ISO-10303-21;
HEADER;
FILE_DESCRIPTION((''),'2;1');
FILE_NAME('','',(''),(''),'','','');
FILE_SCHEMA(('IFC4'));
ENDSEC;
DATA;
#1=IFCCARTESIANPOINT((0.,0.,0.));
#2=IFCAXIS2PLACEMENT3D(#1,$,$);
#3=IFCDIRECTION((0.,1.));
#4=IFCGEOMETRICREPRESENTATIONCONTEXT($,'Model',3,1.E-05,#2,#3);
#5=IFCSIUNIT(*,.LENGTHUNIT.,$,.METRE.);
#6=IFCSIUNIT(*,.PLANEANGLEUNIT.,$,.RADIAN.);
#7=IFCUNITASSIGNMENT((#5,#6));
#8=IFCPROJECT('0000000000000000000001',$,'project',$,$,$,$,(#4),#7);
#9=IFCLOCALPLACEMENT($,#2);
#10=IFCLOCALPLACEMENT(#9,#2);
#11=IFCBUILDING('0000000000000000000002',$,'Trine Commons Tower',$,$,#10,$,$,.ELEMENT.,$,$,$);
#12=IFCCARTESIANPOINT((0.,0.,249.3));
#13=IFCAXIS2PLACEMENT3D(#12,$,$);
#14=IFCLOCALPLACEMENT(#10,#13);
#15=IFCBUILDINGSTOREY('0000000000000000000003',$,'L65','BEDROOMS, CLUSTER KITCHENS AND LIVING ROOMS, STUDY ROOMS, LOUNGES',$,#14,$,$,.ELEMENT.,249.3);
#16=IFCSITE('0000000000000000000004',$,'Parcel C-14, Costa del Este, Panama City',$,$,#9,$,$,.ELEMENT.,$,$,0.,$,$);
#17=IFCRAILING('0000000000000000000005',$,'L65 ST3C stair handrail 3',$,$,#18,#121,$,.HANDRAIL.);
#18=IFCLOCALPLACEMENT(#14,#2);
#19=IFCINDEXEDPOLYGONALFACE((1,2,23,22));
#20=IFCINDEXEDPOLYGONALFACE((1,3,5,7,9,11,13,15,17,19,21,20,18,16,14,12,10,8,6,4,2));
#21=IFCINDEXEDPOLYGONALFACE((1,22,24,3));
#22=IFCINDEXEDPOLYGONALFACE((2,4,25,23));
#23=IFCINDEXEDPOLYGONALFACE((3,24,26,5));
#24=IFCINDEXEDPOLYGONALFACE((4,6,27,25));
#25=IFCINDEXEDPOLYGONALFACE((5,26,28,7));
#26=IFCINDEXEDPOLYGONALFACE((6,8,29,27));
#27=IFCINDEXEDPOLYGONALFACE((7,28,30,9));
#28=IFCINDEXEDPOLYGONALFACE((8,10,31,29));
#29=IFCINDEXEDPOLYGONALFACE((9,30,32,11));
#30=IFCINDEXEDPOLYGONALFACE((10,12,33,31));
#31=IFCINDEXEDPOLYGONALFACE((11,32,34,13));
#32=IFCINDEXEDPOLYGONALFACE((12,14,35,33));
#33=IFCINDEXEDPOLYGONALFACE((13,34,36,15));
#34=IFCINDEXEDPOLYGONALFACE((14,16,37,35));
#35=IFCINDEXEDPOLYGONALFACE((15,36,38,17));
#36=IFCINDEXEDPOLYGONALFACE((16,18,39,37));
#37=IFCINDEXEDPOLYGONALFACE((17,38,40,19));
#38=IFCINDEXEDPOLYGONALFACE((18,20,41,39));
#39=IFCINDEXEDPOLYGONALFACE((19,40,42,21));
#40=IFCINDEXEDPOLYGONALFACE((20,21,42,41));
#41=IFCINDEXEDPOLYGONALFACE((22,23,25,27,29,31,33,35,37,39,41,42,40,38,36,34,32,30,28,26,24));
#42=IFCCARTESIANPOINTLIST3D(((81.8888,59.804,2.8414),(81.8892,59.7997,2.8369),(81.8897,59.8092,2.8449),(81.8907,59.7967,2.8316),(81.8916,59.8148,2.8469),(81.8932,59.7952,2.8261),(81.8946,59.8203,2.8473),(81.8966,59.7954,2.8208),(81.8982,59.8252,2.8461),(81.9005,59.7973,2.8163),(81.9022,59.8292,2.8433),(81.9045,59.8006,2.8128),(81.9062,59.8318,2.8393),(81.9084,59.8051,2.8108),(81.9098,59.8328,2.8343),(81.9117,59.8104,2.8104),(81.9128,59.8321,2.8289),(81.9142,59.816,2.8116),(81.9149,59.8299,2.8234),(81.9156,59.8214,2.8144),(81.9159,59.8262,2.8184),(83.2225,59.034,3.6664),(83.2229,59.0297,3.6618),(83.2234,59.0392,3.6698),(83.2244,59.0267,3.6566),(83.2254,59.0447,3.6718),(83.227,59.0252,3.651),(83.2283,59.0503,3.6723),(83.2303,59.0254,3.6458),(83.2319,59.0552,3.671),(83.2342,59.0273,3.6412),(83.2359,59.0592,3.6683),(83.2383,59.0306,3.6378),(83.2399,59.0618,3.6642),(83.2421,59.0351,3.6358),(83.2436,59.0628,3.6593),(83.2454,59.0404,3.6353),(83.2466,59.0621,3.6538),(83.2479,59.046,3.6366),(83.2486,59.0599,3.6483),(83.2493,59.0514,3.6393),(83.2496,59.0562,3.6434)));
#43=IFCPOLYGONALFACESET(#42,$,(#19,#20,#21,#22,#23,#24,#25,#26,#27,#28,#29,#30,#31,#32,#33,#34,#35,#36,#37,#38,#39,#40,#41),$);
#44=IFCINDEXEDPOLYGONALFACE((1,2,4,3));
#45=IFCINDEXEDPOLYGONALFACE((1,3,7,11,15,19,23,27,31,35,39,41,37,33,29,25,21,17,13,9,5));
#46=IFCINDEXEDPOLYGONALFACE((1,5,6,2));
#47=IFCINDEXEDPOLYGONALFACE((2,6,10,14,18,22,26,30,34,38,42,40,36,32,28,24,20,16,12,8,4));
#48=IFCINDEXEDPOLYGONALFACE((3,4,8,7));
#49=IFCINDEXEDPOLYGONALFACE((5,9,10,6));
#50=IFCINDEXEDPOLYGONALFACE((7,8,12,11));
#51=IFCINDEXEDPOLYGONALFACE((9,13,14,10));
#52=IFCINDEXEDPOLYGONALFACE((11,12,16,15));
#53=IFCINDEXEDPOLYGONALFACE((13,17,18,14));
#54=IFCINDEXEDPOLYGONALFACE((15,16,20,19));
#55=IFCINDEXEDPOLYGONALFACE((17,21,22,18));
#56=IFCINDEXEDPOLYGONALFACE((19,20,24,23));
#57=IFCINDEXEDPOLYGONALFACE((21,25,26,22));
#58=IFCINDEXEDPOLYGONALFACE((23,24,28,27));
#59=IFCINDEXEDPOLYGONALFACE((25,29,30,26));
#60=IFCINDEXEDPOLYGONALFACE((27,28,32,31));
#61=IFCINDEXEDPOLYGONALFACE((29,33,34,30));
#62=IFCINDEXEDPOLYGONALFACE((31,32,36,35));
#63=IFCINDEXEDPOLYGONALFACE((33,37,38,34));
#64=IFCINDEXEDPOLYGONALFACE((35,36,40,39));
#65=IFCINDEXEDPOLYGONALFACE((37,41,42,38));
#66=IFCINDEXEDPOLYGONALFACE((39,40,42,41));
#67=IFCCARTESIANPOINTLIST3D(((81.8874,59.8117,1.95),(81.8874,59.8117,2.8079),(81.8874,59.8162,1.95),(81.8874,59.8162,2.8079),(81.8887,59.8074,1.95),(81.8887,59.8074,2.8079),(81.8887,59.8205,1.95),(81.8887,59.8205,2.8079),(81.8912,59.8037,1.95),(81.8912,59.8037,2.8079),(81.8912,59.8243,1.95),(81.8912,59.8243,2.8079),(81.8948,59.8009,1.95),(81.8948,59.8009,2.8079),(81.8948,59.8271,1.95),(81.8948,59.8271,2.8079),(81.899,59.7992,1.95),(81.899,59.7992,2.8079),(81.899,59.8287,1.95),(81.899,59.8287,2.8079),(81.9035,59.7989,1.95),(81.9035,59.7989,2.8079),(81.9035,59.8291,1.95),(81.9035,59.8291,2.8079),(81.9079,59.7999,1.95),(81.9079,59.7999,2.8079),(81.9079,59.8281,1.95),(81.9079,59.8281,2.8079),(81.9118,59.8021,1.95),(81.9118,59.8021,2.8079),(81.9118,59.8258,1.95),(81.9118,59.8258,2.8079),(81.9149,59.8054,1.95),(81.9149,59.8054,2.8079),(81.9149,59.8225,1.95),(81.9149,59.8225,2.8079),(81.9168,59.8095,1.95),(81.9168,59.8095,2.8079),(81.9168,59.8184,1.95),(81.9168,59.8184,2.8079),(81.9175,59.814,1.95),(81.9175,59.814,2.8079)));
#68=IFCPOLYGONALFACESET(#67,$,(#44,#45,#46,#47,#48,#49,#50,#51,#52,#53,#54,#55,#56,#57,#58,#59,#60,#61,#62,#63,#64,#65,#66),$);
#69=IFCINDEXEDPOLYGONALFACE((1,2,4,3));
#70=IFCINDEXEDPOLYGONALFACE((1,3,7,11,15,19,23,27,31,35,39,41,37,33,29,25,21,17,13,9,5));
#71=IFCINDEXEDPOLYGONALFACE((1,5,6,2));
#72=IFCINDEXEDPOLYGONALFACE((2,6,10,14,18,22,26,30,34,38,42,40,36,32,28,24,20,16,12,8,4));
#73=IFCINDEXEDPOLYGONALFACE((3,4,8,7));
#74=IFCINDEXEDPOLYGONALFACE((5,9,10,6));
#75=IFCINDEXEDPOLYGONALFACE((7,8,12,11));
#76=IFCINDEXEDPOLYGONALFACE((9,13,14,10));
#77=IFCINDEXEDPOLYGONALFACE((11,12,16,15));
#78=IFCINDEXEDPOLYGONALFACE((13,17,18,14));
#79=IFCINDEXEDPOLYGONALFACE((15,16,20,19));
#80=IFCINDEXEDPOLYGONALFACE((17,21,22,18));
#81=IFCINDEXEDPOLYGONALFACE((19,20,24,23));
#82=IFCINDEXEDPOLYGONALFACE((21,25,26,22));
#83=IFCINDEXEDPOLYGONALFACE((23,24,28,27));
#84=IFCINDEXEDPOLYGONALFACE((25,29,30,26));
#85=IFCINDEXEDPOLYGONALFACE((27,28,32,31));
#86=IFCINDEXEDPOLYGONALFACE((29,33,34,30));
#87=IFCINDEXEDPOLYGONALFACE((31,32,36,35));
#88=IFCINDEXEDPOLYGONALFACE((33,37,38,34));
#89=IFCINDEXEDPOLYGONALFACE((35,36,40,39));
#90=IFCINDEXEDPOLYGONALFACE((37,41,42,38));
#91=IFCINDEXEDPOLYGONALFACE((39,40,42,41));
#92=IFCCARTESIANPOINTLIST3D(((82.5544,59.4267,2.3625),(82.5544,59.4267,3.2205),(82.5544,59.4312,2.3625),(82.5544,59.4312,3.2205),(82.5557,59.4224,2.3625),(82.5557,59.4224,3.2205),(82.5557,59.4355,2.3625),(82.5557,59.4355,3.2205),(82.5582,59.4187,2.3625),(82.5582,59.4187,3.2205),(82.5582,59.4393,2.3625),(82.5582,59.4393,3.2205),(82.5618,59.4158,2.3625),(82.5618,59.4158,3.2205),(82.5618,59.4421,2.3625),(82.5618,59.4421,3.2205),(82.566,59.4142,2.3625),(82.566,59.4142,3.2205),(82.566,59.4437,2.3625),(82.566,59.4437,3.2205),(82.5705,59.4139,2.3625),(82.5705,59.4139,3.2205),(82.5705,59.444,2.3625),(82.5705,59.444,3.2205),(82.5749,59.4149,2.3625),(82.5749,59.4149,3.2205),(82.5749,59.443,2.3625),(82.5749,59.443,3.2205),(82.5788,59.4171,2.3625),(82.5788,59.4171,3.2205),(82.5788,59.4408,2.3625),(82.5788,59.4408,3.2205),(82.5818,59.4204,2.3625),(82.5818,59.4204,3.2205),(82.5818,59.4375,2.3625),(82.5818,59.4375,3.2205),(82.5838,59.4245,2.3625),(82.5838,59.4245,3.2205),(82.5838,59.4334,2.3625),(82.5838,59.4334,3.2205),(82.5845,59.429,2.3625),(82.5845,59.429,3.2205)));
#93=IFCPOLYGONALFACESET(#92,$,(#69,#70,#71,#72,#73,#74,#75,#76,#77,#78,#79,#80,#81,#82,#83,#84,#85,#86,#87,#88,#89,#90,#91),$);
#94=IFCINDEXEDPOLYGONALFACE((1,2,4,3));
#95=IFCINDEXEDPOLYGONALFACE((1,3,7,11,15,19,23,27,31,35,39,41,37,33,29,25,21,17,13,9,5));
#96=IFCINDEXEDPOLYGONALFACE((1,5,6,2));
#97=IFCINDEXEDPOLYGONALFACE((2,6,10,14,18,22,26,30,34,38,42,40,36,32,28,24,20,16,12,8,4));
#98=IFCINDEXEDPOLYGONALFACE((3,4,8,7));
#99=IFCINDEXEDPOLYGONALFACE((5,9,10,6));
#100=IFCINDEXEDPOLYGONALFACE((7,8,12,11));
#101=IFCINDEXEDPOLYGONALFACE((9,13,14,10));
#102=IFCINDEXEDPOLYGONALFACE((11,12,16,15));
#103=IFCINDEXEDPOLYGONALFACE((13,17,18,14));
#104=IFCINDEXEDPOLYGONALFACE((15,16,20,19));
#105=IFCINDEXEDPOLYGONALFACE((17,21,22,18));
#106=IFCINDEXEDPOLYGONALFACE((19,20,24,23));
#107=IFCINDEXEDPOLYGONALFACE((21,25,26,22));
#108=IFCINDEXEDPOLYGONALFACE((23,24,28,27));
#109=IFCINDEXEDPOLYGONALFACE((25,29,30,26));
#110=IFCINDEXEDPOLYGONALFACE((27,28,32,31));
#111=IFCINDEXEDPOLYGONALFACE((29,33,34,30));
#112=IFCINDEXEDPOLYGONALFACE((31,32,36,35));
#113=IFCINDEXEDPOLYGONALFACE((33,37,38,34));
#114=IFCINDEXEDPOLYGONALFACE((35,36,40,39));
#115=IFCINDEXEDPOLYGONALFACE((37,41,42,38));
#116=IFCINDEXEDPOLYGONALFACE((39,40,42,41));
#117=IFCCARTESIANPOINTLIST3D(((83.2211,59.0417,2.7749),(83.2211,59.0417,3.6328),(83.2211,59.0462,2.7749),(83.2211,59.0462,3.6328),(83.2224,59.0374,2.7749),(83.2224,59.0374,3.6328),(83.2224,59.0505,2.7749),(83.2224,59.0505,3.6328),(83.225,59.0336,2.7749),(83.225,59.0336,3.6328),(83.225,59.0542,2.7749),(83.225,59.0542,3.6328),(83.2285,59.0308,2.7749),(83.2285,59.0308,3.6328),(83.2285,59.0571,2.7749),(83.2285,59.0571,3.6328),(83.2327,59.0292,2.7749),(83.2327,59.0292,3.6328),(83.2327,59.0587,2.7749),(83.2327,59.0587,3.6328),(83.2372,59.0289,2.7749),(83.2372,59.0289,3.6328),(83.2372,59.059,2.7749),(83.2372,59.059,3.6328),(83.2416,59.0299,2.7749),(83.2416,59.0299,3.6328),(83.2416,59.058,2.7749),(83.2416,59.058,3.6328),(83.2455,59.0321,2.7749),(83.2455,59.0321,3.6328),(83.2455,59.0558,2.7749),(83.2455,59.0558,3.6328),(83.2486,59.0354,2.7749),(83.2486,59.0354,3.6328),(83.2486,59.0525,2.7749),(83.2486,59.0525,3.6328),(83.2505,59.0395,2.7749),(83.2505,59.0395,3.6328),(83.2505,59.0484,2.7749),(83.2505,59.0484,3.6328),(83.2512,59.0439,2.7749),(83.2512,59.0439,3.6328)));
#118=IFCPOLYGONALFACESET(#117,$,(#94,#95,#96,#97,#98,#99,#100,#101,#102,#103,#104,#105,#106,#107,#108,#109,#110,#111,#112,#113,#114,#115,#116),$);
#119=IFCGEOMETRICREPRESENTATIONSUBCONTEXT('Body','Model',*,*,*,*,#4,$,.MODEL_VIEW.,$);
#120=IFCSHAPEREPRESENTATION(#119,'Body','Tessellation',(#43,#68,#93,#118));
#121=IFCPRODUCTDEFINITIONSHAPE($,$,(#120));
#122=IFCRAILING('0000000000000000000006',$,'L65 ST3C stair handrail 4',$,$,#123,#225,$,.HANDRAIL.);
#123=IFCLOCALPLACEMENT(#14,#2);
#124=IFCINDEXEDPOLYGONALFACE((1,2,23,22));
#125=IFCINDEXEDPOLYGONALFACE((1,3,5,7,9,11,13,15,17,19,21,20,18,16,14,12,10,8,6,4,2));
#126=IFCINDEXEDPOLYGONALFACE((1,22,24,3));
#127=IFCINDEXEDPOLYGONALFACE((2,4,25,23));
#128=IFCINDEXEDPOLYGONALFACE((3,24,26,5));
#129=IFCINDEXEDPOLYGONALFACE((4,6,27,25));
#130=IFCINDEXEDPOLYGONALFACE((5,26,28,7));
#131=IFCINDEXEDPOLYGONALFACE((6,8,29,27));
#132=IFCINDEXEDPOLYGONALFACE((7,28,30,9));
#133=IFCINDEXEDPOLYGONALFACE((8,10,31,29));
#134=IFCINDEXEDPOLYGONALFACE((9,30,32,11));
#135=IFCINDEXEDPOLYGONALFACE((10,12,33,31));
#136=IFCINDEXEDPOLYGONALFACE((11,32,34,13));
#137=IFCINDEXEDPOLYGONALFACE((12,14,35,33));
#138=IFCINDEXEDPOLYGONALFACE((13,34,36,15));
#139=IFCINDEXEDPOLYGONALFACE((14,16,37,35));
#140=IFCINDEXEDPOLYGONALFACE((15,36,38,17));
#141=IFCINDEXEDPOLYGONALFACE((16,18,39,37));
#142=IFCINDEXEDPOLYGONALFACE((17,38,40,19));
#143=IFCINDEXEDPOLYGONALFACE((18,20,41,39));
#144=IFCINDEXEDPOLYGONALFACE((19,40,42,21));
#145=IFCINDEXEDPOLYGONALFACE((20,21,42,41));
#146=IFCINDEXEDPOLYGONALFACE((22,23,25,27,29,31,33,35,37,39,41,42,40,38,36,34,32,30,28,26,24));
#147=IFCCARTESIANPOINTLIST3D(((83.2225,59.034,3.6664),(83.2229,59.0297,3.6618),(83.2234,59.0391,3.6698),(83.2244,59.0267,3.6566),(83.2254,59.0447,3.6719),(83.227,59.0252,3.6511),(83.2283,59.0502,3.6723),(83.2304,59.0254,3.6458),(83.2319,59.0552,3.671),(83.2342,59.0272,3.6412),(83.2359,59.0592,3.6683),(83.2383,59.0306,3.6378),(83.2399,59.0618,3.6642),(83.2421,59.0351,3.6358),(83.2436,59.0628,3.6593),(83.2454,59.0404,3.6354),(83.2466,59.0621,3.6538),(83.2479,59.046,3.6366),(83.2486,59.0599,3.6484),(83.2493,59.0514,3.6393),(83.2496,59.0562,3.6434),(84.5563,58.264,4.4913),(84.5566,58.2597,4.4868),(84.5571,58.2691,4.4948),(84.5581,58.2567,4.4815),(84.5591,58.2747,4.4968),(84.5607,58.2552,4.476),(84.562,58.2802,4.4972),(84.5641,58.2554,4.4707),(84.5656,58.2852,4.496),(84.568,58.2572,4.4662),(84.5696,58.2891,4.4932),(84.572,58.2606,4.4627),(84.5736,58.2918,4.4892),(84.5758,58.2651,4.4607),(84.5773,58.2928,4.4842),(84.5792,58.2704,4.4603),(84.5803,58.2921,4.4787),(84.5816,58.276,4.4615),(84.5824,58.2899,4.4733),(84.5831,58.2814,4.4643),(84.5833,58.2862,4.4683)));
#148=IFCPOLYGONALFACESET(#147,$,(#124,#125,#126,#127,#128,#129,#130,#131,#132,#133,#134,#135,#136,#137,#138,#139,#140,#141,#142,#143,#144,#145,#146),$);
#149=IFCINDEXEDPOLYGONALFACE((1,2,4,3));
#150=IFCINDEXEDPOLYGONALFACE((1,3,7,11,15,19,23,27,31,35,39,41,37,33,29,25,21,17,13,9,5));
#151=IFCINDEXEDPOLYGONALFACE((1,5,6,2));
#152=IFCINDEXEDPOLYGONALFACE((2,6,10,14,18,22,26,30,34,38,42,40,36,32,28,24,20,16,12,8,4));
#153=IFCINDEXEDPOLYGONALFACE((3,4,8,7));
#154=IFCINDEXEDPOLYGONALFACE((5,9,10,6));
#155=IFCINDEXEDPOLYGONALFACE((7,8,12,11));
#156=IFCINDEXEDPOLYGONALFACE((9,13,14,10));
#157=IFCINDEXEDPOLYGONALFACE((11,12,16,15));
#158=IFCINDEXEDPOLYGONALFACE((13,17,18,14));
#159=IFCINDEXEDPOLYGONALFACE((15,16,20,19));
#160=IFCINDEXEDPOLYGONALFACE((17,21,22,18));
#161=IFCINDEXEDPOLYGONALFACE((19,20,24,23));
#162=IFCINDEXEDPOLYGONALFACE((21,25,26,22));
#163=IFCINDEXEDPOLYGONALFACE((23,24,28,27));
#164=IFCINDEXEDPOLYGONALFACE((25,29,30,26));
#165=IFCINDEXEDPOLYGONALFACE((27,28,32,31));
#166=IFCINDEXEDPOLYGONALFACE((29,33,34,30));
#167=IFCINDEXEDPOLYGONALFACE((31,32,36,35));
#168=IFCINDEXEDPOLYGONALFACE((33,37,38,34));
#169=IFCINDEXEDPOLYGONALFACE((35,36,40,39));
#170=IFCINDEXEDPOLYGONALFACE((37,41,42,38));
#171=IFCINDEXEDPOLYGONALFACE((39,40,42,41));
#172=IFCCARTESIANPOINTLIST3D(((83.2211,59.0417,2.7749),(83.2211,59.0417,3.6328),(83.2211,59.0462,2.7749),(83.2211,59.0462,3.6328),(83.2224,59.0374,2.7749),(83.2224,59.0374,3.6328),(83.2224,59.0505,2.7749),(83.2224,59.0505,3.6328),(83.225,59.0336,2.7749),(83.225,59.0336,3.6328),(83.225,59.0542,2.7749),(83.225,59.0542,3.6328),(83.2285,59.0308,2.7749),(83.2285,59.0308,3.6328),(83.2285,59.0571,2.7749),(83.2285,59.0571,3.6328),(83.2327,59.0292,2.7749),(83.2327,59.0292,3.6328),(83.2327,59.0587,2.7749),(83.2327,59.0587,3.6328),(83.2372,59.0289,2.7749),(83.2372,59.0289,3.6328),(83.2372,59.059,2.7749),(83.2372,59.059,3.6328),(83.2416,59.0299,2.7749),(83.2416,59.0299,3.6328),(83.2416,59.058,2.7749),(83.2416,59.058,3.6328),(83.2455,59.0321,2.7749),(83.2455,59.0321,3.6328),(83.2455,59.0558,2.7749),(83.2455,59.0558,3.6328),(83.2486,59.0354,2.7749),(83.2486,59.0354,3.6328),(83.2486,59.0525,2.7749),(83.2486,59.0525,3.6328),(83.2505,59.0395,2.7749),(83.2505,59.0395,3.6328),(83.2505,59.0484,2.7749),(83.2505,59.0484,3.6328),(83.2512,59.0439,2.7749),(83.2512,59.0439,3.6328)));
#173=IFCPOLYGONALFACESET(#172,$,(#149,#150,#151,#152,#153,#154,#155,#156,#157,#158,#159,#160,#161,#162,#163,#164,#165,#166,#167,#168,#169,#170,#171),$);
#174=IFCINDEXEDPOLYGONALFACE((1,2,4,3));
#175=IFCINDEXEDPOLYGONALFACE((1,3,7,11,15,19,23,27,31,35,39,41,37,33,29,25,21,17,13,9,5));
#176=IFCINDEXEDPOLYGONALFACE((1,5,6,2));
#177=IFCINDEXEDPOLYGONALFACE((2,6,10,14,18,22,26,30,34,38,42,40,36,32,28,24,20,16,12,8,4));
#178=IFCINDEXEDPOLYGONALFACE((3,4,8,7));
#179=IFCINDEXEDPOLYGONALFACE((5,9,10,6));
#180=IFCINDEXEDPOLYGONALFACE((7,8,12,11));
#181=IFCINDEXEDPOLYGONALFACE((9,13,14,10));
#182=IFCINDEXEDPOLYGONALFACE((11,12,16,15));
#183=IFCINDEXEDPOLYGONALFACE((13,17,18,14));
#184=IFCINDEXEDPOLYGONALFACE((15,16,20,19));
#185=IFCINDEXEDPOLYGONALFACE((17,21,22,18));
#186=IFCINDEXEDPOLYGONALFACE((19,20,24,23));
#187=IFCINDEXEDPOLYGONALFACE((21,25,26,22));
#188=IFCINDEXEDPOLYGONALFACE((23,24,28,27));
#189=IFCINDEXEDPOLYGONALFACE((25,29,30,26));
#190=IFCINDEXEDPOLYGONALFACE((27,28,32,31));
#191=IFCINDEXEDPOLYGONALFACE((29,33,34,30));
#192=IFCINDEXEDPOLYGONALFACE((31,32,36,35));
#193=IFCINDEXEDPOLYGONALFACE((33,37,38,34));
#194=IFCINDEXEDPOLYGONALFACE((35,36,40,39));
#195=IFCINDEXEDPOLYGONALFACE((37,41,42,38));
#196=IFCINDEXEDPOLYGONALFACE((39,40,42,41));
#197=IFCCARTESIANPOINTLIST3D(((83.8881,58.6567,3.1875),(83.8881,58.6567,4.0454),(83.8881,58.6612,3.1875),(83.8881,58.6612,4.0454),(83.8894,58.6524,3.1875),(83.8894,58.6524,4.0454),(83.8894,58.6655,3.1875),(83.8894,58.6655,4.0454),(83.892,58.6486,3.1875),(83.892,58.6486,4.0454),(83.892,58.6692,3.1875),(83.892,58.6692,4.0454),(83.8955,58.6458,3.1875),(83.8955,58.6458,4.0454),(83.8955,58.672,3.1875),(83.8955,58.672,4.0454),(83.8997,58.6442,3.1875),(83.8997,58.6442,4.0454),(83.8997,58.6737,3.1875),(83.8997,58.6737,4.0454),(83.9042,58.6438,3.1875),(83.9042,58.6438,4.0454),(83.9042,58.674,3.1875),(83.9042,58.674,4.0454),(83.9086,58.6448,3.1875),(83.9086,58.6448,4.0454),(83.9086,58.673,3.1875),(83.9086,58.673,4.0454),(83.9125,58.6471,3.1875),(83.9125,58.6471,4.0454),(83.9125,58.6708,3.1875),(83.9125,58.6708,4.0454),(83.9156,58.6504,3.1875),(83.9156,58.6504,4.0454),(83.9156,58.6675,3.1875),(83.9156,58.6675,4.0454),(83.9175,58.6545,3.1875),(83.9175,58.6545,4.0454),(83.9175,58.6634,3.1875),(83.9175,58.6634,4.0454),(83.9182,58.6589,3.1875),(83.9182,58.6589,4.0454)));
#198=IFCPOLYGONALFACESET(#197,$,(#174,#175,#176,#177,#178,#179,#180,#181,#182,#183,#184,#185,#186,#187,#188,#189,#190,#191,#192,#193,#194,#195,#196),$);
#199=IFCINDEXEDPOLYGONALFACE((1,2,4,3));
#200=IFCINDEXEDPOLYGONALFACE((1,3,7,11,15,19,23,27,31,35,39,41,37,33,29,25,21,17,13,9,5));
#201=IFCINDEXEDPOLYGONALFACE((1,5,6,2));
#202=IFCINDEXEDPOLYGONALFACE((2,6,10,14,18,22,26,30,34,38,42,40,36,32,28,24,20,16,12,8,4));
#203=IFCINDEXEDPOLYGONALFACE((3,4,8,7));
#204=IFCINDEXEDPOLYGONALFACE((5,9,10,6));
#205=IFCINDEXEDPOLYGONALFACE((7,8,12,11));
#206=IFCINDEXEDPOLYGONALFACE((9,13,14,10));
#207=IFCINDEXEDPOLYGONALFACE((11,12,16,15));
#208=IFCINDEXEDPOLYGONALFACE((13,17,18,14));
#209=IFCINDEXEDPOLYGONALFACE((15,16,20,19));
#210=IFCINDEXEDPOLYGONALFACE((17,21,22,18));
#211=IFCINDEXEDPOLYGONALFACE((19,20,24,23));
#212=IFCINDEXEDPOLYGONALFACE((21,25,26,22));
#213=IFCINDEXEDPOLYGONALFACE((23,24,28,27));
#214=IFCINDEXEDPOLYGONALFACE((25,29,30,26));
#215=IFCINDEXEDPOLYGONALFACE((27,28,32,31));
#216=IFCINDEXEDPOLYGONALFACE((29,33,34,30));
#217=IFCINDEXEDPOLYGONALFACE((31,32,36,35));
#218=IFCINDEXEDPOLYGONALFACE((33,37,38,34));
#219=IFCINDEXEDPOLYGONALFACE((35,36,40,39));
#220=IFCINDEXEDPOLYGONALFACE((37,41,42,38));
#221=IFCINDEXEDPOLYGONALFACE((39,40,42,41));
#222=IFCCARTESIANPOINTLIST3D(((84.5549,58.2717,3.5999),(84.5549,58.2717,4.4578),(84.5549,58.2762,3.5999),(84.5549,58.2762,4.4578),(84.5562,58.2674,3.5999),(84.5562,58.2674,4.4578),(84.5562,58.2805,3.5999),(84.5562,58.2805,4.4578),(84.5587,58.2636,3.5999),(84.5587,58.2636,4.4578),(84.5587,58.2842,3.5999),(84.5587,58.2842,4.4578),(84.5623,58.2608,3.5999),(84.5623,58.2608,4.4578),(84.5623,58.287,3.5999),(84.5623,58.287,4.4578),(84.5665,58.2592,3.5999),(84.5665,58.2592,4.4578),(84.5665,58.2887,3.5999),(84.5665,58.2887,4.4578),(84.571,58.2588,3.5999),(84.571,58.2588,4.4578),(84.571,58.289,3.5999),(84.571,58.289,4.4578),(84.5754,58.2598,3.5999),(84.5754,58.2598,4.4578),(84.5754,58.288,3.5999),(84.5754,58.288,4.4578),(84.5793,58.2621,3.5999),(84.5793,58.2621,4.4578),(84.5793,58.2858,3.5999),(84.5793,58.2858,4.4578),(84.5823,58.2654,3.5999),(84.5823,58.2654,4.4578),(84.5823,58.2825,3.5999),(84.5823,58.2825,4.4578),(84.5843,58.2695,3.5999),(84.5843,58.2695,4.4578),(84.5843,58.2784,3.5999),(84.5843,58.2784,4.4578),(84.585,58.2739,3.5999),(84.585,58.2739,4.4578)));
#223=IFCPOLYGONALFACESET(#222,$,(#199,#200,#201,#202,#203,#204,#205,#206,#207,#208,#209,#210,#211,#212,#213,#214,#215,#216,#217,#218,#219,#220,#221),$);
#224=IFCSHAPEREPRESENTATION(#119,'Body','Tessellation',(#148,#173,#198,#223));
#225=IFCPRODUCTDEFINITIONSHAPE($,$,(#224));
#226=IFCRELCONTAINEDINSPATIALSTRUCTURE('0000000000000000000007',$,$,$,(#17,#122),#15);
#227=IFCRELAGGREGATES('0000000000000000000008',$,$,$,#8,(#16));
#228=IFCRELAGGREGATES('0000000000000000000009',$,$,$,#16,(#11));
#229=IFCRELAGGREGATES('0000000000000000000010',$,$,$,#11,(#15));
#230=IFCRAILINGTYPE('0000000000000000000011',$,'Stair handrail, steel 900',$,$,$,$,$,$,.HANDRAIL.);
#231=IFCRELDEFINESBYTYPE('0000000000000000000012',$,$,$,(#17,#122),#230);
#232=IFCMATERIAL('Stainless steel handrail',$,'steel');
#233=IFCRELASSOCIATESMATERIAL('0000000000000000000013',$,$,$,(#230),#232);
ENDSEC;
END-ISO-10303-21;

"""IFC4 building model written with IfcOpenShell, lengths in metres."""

from ifc_helpers import new_model, si_unit, direction, frame, origin, origin_2d, place, context, subcontext, project, spatial, circle, extrude, material, type_object, element, save


model = new_model("IFC4")

# Units and contexts
model_context = context("Model", 3, precision=1e-05, world=origin(), true_north=direction((0.0, 1.0)))
body_context = subcontext(model_context, "Body", "Model", "MODEL_VIEW")
ifc_project = project(units=[si_unit("LENGTHUNIT", "METRE"), si_unit("PLANEANGLEUNIT", "RADIAN")], contexts=[model_context])

# Site, building, storey
site_placement = place(None, origin())
site = spatial("IfcSite", under=ifc_project, at=site_placement, Name="Parcel C-14, Costa del Este, Panama City", CompositionType="ELEMENT", RefElevation=0.0)
building_placement = place(site_placement, origin())
building = spatial("IfcBuilding", under=site, at=building_placement, Name="Trine Commons Tower", CompositionType="ELEMENT")
storey_placement = place(building_placement, frame((0.0, 0.0, 249.3)))
storey = spatial("IfcBuildingStorey", under=building, at=storey_placement, Name="L65", Description="BEDROOMS, CLUSTER KITCHENS AND LIVING ROOMS, STUDY ROOMS, LOUNGES", CompositionType="ELEMENT", Elevation=249.3)

# Railings
ifc_material_1 = material(Name="Stainless steel handrail", Category="steel")
railing_type_1 = type_object("IfcRailingType", Name="Stair handrail, steel 900", PredefinedType="HANDRAIL", material=ifc_material_1)
for number, where, name in (
    (1, (81.9023, 59.814, 1.95), "L65 ST3C stair handrail 3"),
    (2, (83.2361, 59.0439, 2.7749), "L65 ST3C stair handrail 4"),
):
    element("IfcRailing", number, at=place(storey_placement, frame(where)), inside=storey, type_object=railing_type_1, Name=name, PredefinedType="HANDRAIL", context=body_context, shape_type="SweptSolid", body=[
        extrude(circle(Radius=0.021, at=origin_2d()), frame((0.0, 0.0, 0.8789), z_axis=(0.763405, -0.440743, 0.472185), x_axis=(0.499992, 0.86603, 0.0)), (0.0, 0.0, 1.0), 1.7471),
        extrude(circle(Radius=0.0151, at=origin_2d()), origin(), (0.0, 0.0, 1.0), 0.8579),
        extrude(circle(Radius=0.0151, at=origin_2d()), frame((0.667, -0.385, 0.4126)), (0.0, 0.0, 1.0), 0.8579),
        extrude(circle(Radius=0.0151, at=origin_2d()), frame((1.3337, -0.77, 0.825)), (0.0, 0.0, 1.0), 0.8579),
    ])

save(model, "model.ifc")
